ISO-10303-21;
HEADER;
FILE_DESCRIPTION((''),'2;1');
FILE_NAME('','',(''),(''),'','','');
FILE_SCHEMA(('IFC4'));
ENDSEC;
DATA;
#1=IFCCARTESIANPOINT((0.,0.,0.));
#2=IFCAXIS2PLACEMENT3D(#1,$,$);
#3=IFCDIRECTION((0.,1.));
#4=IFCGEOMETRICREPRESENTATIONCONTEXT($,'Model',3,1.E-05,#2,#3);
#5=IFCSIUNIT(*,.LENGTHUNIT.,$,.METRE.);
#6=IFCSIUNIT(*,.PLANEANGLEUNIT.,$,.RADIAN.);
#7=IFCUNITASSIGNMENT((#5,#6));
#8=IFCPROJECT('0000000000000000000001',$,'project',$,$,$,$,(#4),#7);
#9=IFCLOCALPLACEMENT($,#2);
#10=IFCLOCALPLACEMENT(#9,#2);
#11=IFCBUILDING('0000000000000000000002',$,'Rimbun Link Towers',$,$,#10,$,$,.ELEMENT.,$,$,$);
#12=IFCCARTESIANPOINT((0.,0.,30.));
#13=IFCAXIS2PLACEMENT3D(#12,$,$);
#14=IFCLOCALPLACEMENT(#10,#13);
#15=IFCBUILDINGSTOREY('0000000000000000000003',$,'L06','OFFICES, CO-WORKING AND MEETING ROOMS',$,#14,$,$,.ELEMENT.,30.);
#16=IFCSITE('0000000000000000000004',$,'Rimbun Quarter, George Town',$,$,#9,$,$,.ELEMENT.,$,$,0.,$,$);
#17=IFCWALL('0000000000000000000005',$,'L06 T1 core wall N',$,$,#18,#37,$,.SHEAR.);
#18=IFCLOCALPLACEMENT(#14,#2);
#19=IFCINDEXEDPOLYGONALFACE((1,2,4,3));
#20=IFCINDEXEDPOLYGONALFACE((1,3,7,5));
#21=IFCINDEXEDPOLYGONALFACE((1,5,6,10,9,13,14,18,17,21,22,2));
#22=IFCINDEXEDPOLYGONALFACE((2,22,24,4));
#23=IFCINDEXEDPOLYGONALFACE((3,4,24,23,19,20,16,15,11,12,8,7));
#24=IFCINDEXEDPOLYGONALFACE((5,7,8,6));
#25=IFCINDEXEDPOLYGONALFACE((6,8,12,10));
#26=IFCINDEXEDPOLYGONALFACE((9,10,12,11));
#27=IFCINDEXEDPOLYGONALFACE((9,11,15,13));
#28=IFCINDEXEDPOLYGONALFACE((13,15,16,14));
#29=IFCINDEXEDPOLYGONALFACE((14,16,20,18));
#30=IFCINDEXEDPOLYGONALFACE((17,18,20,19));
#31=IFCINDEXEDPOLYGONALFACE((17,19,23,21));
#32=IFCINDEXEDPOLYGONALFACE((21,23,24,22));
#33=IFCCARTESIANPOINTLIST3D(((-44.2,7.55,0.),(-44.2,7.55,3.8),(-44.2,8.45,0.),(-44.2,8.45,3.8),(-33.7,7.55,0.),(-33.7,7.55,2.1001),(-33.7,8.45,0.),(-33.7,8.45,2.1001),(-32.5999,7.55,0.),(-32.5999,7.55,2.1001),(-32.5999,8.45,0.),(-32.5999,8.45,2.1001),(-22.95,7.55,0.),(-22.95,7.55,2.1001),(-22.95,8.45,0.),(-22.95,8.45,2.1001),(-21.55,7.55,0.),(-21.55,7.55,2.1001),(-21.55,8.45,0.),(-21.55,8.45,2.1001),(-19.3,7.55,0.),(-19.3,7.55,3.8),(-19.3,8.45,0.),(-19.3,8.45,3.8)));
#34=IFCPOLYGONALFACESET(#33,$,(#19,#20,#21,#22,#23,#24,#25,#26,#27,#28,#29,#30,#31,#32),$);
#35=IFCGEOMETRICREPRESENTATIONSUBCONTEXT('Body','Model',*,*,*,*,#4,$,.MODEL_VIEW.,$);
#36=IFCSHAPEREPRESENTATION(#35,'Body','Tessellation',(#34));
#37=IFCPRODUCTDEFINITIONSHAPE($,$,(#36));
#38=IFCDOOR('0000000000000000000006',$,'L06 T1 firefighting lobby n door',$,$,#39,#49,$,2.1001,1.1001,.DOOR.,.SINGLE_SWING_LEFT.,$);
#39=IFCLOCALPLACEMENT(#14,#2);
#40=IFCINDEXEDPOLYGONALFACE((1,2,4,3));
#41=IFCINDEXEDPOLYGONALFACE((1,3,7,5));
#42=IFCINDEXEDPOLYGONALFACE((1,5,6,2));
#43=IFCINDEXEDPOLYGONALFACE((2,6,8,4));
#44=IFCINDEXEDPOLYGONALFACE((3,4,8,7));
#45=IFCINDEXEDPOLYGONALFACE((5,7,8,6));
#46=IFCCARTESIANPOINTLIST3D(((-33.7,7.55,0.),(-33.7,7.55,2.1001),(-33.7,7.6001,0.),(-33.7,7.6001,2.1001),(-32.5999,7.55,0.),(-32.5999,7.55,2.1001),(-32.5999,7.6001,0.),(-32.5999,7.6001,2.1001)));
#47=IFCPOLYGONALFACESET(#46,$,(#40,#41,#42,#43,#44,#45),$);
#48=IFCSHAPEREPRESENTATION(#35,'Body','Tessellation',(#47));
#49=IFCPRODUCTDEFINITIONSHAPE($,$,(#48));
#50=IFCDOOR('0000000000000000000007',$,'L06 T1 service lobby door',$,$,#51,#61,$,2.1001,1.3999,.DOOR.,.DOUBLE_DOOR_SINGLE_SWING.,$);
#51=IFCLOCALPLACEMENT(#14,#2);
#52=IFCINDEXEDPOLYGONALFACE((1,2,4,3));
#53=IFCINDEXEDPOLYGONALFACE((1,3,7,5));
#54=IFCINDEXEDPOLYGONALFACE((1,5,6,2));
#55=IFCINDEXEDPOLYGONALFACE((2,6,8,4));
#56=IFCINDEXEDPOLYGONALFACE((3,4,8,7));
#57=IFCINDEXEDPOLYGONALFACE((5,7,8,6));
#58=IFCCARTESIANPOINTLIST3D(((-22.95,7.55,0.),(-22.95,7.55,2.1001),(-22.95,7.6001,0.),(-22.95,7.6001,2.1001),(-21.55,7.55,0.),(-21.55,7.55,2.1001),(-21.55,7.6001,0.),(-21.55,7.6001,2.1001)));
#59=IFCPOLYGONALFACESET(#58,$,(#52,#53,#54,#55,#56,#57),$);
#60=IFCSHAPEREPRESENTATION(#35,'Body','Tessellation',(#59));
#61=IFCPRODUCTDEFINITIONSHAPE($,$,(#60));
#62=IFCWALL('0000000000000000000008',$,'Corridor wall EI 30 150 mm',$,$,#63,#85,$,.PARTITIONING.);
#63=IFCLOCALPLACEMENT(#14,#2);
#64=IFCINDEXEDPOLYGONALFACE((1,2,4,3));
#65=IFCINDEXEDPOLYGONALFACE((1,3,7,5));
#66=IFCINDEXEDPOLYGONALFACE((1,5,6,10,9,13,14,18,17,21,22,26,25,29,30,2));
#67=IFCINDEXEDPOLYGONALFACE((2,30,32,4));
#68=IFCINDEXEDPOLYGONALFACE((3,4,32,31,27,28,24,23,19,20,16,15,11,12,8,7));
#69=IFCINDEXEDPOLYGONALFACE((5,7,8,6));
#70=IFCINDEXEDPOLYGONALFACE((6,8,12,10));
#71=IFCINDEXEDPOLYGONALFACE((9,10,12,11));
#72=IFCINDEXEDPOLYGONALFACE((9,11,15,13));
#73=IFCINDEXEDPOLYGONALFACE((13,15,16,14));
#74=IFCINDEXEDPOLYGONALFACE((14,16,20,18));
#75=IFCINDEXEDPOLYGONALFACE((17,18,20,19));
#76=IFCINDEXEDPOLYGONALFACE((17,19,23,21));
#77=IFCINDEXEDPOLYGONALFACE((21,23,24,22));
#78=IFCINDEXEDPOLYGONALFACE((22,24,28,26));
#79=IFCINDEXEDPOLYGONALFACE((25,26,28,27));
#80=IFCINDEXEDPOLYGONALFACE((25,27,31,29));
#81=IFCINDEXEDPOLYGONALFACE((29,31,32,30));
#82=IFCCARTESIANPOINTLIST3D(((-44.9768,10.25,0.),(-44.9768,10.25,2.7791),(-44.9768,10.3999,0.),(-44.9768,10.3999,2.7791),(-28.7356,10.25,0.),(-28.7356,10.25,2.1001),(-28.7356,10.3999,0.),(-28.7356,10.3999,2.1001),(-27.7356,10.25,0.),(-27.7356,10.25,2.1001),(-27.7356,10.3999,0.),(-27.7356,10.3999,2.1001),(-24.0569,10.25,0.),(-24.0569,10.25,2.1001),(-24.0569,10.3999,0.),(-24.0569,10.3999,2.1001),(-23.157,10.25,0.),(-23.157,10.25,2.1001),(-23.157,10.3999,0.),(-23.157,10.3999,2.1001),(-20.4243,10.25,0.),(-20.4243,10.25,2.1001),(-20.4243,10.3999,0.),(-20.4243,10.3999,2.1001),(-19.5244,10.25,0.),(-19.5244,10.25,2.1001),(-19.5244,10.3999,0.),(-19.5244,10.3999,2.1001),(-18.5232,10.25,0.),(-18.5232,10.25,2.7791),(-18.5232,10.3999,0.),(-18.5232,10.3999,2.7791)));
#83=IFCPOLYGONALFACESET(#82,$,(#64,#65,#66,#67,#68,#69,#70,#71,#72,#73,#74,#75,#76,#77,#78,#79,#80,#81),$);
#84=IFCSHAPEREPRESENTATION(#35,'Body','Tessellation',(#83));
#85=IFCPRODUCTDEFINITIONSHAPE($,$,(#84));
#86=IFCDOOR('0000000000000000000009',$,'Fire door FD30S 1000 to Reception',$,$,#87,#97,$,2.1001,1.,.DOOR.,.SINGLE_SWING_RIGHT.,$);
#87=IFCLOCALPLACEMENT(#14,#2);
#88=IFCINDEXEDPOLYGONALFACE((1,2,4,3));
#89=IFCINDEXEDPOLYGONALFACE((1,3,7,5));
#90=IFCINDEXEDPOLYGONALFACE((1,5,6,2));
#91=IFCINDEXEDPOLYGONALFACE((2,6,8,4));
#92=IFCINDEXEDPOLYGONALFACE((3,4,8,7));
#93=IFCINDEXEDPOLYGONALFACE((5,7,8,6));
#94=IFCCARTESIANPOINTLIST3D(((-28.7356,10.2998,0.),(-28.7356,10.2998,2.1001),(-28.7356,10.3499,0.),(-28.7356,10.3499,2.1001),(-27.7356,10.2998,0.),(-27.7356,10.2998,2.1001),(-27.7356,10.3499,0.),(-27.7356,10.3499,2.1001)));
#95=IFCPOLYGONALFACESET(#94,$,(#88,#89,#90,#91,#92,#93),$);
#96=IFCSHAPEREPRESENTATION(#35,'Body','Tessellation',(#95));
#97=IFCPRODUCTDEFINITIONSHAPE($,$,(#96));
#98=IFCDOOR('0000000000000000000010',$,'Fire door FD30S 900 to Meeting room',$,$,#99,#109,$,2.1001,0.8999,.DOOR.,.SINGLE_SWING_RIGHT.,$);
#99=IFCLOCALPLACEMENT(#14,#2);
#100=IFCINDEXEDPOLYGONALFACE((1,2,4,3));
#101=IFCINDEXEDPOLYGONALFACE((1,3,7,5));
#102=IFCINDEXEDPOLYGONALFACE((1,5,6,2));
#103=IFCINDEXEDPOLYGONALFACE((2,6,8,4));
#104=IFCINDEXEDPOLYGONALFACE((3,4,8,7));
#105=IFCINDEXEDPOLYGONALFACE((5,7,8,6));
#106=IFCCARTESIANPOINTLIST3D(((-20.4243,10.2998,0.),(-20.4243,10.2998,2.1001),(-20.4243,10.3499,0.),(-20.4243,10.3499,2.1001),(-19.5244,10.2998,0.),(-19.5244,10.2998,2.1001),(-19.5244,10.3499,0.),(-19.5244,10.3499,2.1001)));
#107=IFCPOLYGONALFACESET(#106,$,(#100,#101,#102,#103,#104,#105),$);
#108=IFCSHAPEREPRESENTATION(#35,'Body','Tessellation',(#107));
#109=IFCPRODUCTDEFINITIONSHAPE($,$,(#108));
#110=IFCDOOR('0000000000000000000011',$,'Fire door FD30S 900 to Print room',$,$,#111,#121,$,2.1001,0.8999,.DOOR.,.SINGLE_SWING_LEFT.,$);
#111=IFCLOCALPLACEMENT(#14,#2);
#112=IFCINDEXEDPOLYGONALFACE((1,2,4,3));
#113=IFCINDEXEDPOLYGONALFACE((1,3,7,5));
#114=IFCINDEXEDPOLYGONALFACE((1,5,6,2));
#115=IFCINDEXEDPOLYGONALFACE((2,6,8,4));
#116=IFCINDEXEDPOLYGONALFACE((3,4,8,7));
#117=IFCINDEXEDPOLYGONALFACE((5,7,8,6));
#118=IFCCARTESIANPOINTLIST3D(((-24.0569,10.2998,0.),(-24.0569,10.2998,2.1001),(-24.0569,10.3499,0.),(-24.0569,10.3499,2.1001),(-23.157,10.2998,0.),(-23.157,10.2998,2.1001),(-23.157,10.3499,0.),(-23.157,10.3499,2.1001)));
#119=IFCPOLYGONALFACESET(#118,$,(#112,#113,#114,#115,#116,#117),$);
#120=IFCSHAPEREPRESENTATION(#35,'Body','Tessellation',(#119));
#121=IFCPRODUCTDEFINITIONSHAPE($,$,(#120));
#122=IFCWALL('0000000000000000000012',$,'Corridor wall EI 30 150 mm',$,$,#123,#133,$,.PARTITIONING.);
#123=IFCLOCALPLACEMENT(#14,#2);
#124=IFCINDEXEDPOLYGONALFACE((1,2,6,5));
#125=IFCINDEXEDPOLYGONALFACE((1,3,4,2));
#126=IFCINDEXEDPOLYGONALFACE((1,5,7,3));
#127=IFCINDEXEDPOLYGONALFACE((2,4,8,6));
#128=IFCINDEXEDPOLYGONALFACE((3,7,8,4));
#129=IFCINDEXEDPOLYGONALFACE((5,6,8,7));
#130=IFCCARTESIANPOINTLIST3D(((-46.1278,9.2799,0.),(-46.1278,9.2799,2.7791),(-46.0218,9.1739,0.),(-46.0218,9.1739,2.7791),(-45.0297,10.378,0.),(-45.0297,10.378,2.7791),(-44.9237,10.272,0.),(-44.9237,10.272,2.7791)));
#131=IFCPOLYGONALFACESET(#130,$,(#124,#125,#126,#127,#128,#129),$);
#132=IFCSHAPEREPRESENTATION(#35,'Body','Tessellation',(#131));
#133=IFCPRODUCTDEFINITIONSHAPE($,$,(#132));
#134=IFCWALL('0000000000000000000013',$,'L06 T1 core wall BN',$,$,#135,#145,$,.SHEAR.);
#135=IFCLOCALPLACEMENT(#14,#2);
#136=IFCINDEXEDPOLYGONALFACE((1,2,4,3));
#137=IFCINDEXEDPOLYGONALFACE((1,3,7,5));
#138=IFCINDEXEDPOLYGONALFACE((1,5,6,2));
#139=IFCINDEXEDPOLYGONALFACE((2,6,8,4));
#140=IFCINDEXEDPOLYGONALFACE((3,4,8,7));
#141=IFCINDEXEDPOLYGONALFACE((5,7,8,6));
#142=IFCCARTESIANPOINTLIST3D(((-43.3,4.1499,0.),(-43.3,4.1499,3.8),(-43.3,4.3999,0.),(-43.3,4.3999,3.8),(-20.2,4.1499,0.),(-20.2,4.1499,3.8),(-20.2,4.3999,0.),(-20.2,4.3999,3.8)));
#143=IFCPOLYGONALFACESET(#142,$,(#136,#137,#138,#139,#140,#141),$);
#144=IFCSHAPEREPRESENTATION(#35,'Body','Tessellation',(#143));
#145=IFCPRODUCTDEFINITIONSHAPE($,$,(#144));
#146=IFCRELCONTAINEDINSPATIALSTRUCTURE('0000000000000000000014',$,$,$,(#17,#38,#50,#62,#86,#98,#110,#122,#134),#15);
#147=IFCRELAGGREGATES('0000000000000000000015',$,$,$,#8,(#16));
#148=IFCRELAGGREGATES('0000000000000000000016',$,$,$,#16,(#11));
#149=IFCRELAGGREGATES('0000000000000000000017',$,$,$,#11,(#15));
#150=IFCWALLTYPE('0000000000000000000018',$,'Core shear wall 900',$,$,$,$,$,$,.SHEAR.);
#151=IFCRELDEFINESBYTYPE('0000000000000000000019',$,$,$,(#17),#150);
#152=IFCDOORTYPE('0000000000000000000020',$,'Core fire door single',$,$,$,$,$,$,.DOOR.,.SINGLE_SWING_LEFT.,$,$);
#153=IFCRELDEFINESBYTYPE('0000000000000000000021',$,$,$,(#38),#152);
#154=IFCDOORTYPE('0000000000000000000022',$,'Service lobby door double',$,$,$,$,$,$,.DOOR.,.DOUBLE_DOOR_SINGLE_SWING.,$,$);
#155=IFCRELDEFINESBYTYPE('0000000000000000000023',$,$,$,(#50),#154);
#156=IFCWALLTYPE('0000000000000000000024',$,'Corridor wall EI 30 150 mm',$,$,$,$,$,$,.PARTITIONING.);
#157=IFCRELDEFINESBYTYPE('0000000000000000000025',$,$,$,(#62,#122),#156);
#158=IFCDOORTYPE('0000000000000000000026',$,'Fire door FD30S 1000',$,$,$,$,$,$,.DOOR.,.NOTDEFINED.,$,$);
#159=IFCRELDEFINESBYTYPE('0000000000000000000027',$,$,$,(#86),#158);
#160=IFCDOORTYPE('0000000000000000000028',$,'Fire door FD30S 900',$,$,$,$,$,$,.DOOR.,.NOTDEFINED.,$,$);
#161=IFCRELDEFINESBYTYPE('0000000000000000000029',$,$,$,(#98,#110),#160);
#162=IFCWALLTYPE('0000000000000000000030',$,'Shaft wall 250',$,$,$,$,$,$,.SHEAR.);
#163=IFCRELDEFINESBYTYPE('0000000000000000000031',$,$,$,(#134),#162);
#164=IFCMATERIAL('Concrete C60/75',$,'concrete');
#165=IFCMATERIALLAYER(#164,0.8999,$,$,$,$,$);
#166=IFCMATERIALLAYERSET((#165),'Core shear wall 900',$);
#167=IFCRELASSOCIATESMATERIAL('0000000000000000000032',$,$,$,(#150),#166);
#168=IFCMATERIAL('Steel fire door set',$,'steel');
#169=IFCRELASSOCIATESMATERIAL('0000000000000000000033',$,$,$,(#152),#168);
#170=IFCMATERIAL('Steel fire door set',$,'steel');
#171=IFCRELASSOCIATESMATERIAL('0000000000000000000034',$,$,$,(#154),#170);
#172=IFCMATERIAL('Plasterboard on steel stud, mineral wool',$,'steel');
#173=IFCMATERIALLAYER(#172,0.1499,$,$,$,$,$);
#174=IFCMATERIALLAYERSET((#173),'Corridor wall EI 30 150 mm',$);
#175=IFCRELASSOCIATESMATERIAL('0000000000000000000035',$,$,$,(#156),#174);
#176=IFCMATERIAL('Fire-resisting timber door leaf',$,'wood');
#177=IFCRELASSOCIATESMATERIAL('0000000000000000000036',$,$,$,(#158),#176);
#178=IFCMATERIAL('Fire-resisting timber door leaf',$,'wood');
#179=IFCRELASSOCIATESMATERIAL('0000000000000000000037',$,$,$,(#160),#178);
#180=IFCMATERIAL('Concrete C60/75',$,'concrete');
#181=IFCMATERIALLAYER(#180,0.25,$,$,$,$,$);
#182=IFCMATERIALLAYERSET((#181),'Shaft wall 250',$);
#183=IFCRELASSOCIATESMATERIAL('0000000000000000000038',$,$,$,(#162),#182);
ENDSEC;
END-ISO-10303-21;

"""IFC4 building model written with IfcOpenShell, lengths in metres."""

from ifc_helpers import new_model, si_unit, direction, frame, frame_2d, origin, place, context, subcontext, project, spatial, rectangle, extrude, material, layer, layer_set, type_object, element, fill, save


model = new_model("IFC4")

# Units and contexts
model_context = context("Model", 3, precision=1e-05, world=origin(), true_north=direction((0.0, 1.0)))
body_context = subcontext(model_context, "Body", "Model", "MODEL_VIEW")
ifc_project = project(units=[si_unit("LENGTHUNIT", "METRE"), si_unit("PLANEANGLEUNIT", "RADIAN")], contexts=[model_context])

# Site, building, storey
site_placement = place(None, origin())
site = spatial("IfcSite", under=ifc_project, at=site_placement, Name="Rimbun Quarter, George Town", CompositionType="ELEMENT", RefElevation=0.0)
building_placement = place(site_placement, origin())
building = spatial("IfcBuilding", under=site, at=building_placement, Name="Rimbun Link Towers", CompositionType="ELEMENT")
storey_placement = place(building_placement, frame((0.0, 0.0, 30.0)))
storey = spatial("IfcBuildingStorey", under=building, at=storey_placement, Name="L06", Description="OFFICES, CO-WORKING AND MEETING ROOMS", CompositionType="ELEMENT", Elevation=30.0)

# Walls, openings, doors
ifc_material_1 = material(Name="Concrete C60/75", Category="concrete")
ifc_layer_1 = layer(ifc_material_1, 0.8999)
ifc_layer_set_1 = layer_set([ifc_layer_1], Name="Core shear wall 900")
wall_type_1 = type_object("IfcWallType", Name="Core shear wall 900", PredefinedType="SHEAR", material=ifc_layer_set_1)
wall_1_placement = place(storey_placement, frame((-44.2, 8.0, 0.0), z_axis=(0.0, 0.0, 1.0), x_axis=(1.0, 0.0, 0.0)))
wall_1 = element("IfcWall", 1, at=wall_1_placement, inside=storey, type_object=wall_type_1, Name="L06 T1 core wall N", PredefinedType="SHEAR", context=body_context, shape_type="SweptSolid", body=[
    extrude(rectangle(XDim=24.8999, YDim=0.8999, at=frame_2d((12.45, 0.0))), origin(), (0.0, 0.0, 1.0), 3.8),
])
opening_1_placement = place(wall_1_placement, frame((10.5, 0.0, 0.0)))
opening_1 = element("IfcOpeningElement", 2, at=opening_1_placement, cuts=wall_1, PredefinedType="OPENING", context=body_context, shape_type="SweptSolid", body=[
    extrude(rectangle(XDim=1.1001, YDim=2.1001, at=frame_2d((0.55, 1.05))), frame((0.0, 0.46, 0.0), z_axis=(0.0, -1.0, 0.0), x_axis=(1.0, 0.0, 0.0)), (0.0, 0.0, 1.0), 0.9199),
])
opening_2_placement = place(wall_1_placement, frame((21.25, 0.0, 0.0)))
opening_2 = element("IfcOpeningElement", 3, at=opening_2_placement, cuts=wall_1, PredefinedType="OPENING", context=body_context, shape_type="SweptSolid", body=[
    extrude(rectangle(XDim=1.3999, YDim=2.1001, at=frame_2d((0.7, 1.05))), frame((0.0, 0.46, 0.0), z_axis=(0.0, -1.0, 0.0), x_axis=(1.0, 0.0, 0.0)), (0.0, 0.0, 1.0), 0.9199),
])
ifc_material_2 = material(Name="Steel fire door set", Category="steel")
door_type_1 = type_object("IfcDoorType", Name="Core fire door single", OperationType="SINGLE_SWING_LEFT", PredefinedType="DOOR", material=ifc_material_2)
door_1_placement = place(opening_1_placement, origin())
door_1 = element("IfcDoor", 4, at=door_1_placement, inside=storey, type_object=door_type_1, Name="L06 T1 firefighting lobby n door", OperationType="SINGLE_SWING_LEFT", OverallHeight=2.1001, OverallWidth=1.1001, PredefinedType="DOOR", context=body_context, shape_type="SweptSolid", body=[
    extrude(rectangle(XDim=1.1001, YDim=2.1001, at=frame_2d((0.55, 1.05))), frame((0.0, -0.3999, 0.0), z_axis=(0.0, -1.0, 0.0), x_axis=(1.0, 0.0, 0.0)), (0.0, 0.0, 1.0), 0.05),
])
fill(opening_1, door_1)
ifc_material_3 = material(Name="Steel fire door set", Category="steel")
door_type_2 = type_object("IfcDoorType", Name="Service lobby door double", OperationType="DOUBLE_DOOR_SINGLE_SWING", PredefinedType="DOOR", material=ifc_material_3)
door_2_placement = place(opening_2_placement, origin())
door_2 = element("IfcDoor", 5, at=door_2_placement, inside=storey, type_object=door_type_2, Name="L06 T1 service lobby door", OperationType="DOUBLE_DOOR_SINGLE_SWING", OverallHeight=2.1001, OverallWidth=1.3999, PredefinedType="DOOR", context=body_context, shape_type="SweptSolid", body=[
    extrude(rectangle(XDim=1.3999, YDim=2.1001, at=frame_2d((0.7, 1.05))), frame((0.0, -0.3999, 0.0), z_axis=(0.0, -1.0, 0.0), x_axis=(1.0, 0.0, 0.0)), (0.0, 0.0, 1.0), 0.05),
])
fill(opening_2, door_2)
ifc_material_4 = material(Name="Plasterboard on steel stud, mineral wool", Category="steel")
ifc_layer_2 = layer(ifc_material_4, 0.1499)
ifc_layer_set_2 = layer_set([ifc_layer_2], Name="Corridor wall EI 30 150 mm")
wall_type_2 = type_object("IfcWallType", Name="Corridor wall EI 30 150 mm", PredefinedType="PARTITIONING", material=ifc_layer_set_2)
wall_2_placement = place(storey_placement, frame((-44.9768, 10.325, 0.0), z_axis=(0.0, 0.0, 1.0), x_axis=(1.0, 0.0, 0.0)))
wall_2 = element("IfcWall", 6, at=wall_2_placement, inside=storey, type_object=wall_type_2, Name="Corridor wall EI 30 150 mm", PredefinedType="PARTITIONING", context=body_context, shape_type="SweptSolid", body=[
    extrude(rectangle(XDim=26.4536, YDim=0.1499, at=frame_2d((13.2268, 0.0))), origin(), (0.0, 0.0, 1.0), 2.7791),
])
opening_3_placement = place(wall_2_placement, frame((24.5525, 0.0, 0.0)))
opening_3 = element("IfcOpeningElement", 7, at=opening_3_placement, cuts=wall_2, PredefinedType="OPENING", context=body_context, shape_type="SweptSolid", body=[
    extrude(rectangle(XDim=0.8999, YDim=2.1001, at=frame_2d((0.45, 1.05))), frame((0.0, 0.085, 0.0), z_axis=(0.0, -1.0, 0.0), x_axis=(1.0, 0.0, 0.0)), (0.0, 0.0, 1.0), 0.1699),
])
opening_4_placement = place(wall_2_placement, frame((20.9199, 0.0, 0.0)))
opening_4 = element("IfcOpeningElement", 8, at=opening_4_placement, cuts=wall_2, PredefinedType="OPENING", context=body_context, shape_type="SweptSolid", body=[
    extrude(rectangle(XDim=0.8999, YDim=2.1001, at=frame_2d((0.45, 1.05))), frame((0.0, 0.085, 0.0), z_axis=(0.0, -1.0, 0.0), x_axis=(1.0, 0.0, 0.0)), (0.0, 0.0, 1.0), 0.1699),
])
opening_5_placement = place(wall_2_placement, frame((16.2412, 0.0, 0.0)))
opening_5 = element("IfcOpeningElement", 9, at=opening_5_placement, cuts=wall_2, PredefinedType="OPENING", context=body_context, shape_type="SweptSolid", body=[
    extrude(rectangle(XDim=1.0, YDim=2.1001, at=frame_2d((0.5, 1.05))), frame((0.0, 0.085, 0.0), z_axis=(0.0, -1.0, 0.0), x_axis=(1.0, 0.0, 0.0)), (0.0, 0.0, 1.0), 0.1699),
])
ifc_material_5 = material(Name="Fire-resisting timber door leaf", Category="wood")
door_type_3 = type_object("IfcDoorType", Name="Fire door FD30S 1000", OperationType="NOTDEFINED", PredefinedType="DOOR", material=ifc_material_5)
door_3_placement = place(opening_5_placement, origin())
door_3 = element("IfcDoor", 10, at=door_3_placement, inside=storey, type_object=door_type_3, Name="Fire door FD30S 1000 to Reception", OperationType="SINGLE_SWING_RIGHT", OverallHeight=2.1001, OverallWidth=1.0, PredefinedType="DOOR", context=body_context, shape_type="SweptSolid", body=[
    extrude(rectangle(XDim=1.0, YDim=2.1001, at=frame_2d((0.5, 1.05))), frame((0.0, 0.0249, 0.0), z_axis=(0.0, -1.0, 0.0), x_axis=(1.0, 0.0, 0.0)), (0.0, 0.0, 1.0), 0.05),
])
fill(opening_5, door_3)
ifc_material_6 = material(Name="Fire-resisting timber door leaf", Category="wood")
door_type_4 = type_object("IfcDoorType", Name="Fire door FD30S 900", OperationType="NOTDEFINED", PredefinedType="DOOR", material=ifc_material_6)
door_4_placement = place(opening_3_placement, origin())
door_4 = element("IfcDoor", 11, at=door_4_placement, inside=storey, type_object=door_type_4, Name="Fire door FD30S 900 to Meeting room", OperationType="SINGLE_SWING_RIGHT", OverallHeight=2.1001, OverallWidth=0.8999, PredefinedType="DOOR", context=body_context, shape_type="SweptSolid", body=[
    extrude(rectangle(XDim=0.8999, YDim=2.1001, at=frame_2d((0.45, 1.05))), frame((0.0, 0.0249, 0.0), z_axis=(0.0, -1.0, 0.0), x_axis=(1.0, 0.0, 0.0)), (0.0, 0.0, 1.0), 0.05),
])
fill(opening_3, door_4)
door_5_placement = place(opening_4_placement, origin())
door_5 = element("IfcDoor", 12, at=door_5_placement, inside=storey, type_object=door_type_4, Name="Fire door FD30S 900 to Print room", OperationType="SINGLE_SWING_LEFT", OverallHeight=2.1001, OverallWidth=0.8999, PredefinedType="DOOR", context=body_context, shape_type="SweptSolid", body=[
    extrude(rectangle(XDim=0.8999, YDim=2.1001, at=frame_2d((0.45, 1.05))), frame((0.0, 0.0249, 0.0), z_axis=(0.0, -1.0, 0.0), x_axis=(1.0, 0.0, 0.0)), (0.0, 0.0, 1.0), 0.05),
])
fill(opening_4, door_5)

# Walls
wall_3_placement = place(storey_placement, frame((-44.9768, 10.325, 0.0), z_axis=(0.0, 0.0, 1.0), x_axis=(-0.707107, -0.707107, 0.0)))
element("IfcWall", 13, at=wall_3_placement, inside=storey, type_object=wall_type_2, Name="Corridor wall EI 30 150 mm", PredefinedType="PARTITIONING", context=body_context, shape_type="SweptSolid", body=[
    extrude(rectangle(XDim=1.553, YDim=0.1499, at=frame_2d((0.7764, 0.0))), origin(), (0.0, 0.0, 1.0), 2.7791),
])
ifc_material_7 = material(Name="Concrete C60/75", Category="concrete")
ifc_layer_3 = layer(ifc_material_7, 0.25)
ifc_layer_set_3 = layer_set([ifc_layer_3], Name="Shaft wall 250")
wall_type_3 = type_object("IfcWallType", Name="Shaft wall 250", PredefinedType="SHEAR", material=ifc_layer_set_3)
wall_4_placement = place(storey_placement, frame((-43.3, 4.2749, 0.0), z_axis=(0.0, 0.0, 1.0), x_axis=(1.0, 0.0, 0.0)))
element("IfcWall", 14, at=wall_4_placement, inside=storey, type_object=wall_type_3, Name="L06 T1 core wall BN", PredefinedType="SHEAR", context=body_context, shape_type="SweptSolid", body=[
    extrude(rectangle(XDim=23.1001, YDim=0.25, at=frame_2d((11.55, 0.0))), origin(), (0.0, 0.0, 1.0), 3.8),
])

save(model, "model.ifc")
